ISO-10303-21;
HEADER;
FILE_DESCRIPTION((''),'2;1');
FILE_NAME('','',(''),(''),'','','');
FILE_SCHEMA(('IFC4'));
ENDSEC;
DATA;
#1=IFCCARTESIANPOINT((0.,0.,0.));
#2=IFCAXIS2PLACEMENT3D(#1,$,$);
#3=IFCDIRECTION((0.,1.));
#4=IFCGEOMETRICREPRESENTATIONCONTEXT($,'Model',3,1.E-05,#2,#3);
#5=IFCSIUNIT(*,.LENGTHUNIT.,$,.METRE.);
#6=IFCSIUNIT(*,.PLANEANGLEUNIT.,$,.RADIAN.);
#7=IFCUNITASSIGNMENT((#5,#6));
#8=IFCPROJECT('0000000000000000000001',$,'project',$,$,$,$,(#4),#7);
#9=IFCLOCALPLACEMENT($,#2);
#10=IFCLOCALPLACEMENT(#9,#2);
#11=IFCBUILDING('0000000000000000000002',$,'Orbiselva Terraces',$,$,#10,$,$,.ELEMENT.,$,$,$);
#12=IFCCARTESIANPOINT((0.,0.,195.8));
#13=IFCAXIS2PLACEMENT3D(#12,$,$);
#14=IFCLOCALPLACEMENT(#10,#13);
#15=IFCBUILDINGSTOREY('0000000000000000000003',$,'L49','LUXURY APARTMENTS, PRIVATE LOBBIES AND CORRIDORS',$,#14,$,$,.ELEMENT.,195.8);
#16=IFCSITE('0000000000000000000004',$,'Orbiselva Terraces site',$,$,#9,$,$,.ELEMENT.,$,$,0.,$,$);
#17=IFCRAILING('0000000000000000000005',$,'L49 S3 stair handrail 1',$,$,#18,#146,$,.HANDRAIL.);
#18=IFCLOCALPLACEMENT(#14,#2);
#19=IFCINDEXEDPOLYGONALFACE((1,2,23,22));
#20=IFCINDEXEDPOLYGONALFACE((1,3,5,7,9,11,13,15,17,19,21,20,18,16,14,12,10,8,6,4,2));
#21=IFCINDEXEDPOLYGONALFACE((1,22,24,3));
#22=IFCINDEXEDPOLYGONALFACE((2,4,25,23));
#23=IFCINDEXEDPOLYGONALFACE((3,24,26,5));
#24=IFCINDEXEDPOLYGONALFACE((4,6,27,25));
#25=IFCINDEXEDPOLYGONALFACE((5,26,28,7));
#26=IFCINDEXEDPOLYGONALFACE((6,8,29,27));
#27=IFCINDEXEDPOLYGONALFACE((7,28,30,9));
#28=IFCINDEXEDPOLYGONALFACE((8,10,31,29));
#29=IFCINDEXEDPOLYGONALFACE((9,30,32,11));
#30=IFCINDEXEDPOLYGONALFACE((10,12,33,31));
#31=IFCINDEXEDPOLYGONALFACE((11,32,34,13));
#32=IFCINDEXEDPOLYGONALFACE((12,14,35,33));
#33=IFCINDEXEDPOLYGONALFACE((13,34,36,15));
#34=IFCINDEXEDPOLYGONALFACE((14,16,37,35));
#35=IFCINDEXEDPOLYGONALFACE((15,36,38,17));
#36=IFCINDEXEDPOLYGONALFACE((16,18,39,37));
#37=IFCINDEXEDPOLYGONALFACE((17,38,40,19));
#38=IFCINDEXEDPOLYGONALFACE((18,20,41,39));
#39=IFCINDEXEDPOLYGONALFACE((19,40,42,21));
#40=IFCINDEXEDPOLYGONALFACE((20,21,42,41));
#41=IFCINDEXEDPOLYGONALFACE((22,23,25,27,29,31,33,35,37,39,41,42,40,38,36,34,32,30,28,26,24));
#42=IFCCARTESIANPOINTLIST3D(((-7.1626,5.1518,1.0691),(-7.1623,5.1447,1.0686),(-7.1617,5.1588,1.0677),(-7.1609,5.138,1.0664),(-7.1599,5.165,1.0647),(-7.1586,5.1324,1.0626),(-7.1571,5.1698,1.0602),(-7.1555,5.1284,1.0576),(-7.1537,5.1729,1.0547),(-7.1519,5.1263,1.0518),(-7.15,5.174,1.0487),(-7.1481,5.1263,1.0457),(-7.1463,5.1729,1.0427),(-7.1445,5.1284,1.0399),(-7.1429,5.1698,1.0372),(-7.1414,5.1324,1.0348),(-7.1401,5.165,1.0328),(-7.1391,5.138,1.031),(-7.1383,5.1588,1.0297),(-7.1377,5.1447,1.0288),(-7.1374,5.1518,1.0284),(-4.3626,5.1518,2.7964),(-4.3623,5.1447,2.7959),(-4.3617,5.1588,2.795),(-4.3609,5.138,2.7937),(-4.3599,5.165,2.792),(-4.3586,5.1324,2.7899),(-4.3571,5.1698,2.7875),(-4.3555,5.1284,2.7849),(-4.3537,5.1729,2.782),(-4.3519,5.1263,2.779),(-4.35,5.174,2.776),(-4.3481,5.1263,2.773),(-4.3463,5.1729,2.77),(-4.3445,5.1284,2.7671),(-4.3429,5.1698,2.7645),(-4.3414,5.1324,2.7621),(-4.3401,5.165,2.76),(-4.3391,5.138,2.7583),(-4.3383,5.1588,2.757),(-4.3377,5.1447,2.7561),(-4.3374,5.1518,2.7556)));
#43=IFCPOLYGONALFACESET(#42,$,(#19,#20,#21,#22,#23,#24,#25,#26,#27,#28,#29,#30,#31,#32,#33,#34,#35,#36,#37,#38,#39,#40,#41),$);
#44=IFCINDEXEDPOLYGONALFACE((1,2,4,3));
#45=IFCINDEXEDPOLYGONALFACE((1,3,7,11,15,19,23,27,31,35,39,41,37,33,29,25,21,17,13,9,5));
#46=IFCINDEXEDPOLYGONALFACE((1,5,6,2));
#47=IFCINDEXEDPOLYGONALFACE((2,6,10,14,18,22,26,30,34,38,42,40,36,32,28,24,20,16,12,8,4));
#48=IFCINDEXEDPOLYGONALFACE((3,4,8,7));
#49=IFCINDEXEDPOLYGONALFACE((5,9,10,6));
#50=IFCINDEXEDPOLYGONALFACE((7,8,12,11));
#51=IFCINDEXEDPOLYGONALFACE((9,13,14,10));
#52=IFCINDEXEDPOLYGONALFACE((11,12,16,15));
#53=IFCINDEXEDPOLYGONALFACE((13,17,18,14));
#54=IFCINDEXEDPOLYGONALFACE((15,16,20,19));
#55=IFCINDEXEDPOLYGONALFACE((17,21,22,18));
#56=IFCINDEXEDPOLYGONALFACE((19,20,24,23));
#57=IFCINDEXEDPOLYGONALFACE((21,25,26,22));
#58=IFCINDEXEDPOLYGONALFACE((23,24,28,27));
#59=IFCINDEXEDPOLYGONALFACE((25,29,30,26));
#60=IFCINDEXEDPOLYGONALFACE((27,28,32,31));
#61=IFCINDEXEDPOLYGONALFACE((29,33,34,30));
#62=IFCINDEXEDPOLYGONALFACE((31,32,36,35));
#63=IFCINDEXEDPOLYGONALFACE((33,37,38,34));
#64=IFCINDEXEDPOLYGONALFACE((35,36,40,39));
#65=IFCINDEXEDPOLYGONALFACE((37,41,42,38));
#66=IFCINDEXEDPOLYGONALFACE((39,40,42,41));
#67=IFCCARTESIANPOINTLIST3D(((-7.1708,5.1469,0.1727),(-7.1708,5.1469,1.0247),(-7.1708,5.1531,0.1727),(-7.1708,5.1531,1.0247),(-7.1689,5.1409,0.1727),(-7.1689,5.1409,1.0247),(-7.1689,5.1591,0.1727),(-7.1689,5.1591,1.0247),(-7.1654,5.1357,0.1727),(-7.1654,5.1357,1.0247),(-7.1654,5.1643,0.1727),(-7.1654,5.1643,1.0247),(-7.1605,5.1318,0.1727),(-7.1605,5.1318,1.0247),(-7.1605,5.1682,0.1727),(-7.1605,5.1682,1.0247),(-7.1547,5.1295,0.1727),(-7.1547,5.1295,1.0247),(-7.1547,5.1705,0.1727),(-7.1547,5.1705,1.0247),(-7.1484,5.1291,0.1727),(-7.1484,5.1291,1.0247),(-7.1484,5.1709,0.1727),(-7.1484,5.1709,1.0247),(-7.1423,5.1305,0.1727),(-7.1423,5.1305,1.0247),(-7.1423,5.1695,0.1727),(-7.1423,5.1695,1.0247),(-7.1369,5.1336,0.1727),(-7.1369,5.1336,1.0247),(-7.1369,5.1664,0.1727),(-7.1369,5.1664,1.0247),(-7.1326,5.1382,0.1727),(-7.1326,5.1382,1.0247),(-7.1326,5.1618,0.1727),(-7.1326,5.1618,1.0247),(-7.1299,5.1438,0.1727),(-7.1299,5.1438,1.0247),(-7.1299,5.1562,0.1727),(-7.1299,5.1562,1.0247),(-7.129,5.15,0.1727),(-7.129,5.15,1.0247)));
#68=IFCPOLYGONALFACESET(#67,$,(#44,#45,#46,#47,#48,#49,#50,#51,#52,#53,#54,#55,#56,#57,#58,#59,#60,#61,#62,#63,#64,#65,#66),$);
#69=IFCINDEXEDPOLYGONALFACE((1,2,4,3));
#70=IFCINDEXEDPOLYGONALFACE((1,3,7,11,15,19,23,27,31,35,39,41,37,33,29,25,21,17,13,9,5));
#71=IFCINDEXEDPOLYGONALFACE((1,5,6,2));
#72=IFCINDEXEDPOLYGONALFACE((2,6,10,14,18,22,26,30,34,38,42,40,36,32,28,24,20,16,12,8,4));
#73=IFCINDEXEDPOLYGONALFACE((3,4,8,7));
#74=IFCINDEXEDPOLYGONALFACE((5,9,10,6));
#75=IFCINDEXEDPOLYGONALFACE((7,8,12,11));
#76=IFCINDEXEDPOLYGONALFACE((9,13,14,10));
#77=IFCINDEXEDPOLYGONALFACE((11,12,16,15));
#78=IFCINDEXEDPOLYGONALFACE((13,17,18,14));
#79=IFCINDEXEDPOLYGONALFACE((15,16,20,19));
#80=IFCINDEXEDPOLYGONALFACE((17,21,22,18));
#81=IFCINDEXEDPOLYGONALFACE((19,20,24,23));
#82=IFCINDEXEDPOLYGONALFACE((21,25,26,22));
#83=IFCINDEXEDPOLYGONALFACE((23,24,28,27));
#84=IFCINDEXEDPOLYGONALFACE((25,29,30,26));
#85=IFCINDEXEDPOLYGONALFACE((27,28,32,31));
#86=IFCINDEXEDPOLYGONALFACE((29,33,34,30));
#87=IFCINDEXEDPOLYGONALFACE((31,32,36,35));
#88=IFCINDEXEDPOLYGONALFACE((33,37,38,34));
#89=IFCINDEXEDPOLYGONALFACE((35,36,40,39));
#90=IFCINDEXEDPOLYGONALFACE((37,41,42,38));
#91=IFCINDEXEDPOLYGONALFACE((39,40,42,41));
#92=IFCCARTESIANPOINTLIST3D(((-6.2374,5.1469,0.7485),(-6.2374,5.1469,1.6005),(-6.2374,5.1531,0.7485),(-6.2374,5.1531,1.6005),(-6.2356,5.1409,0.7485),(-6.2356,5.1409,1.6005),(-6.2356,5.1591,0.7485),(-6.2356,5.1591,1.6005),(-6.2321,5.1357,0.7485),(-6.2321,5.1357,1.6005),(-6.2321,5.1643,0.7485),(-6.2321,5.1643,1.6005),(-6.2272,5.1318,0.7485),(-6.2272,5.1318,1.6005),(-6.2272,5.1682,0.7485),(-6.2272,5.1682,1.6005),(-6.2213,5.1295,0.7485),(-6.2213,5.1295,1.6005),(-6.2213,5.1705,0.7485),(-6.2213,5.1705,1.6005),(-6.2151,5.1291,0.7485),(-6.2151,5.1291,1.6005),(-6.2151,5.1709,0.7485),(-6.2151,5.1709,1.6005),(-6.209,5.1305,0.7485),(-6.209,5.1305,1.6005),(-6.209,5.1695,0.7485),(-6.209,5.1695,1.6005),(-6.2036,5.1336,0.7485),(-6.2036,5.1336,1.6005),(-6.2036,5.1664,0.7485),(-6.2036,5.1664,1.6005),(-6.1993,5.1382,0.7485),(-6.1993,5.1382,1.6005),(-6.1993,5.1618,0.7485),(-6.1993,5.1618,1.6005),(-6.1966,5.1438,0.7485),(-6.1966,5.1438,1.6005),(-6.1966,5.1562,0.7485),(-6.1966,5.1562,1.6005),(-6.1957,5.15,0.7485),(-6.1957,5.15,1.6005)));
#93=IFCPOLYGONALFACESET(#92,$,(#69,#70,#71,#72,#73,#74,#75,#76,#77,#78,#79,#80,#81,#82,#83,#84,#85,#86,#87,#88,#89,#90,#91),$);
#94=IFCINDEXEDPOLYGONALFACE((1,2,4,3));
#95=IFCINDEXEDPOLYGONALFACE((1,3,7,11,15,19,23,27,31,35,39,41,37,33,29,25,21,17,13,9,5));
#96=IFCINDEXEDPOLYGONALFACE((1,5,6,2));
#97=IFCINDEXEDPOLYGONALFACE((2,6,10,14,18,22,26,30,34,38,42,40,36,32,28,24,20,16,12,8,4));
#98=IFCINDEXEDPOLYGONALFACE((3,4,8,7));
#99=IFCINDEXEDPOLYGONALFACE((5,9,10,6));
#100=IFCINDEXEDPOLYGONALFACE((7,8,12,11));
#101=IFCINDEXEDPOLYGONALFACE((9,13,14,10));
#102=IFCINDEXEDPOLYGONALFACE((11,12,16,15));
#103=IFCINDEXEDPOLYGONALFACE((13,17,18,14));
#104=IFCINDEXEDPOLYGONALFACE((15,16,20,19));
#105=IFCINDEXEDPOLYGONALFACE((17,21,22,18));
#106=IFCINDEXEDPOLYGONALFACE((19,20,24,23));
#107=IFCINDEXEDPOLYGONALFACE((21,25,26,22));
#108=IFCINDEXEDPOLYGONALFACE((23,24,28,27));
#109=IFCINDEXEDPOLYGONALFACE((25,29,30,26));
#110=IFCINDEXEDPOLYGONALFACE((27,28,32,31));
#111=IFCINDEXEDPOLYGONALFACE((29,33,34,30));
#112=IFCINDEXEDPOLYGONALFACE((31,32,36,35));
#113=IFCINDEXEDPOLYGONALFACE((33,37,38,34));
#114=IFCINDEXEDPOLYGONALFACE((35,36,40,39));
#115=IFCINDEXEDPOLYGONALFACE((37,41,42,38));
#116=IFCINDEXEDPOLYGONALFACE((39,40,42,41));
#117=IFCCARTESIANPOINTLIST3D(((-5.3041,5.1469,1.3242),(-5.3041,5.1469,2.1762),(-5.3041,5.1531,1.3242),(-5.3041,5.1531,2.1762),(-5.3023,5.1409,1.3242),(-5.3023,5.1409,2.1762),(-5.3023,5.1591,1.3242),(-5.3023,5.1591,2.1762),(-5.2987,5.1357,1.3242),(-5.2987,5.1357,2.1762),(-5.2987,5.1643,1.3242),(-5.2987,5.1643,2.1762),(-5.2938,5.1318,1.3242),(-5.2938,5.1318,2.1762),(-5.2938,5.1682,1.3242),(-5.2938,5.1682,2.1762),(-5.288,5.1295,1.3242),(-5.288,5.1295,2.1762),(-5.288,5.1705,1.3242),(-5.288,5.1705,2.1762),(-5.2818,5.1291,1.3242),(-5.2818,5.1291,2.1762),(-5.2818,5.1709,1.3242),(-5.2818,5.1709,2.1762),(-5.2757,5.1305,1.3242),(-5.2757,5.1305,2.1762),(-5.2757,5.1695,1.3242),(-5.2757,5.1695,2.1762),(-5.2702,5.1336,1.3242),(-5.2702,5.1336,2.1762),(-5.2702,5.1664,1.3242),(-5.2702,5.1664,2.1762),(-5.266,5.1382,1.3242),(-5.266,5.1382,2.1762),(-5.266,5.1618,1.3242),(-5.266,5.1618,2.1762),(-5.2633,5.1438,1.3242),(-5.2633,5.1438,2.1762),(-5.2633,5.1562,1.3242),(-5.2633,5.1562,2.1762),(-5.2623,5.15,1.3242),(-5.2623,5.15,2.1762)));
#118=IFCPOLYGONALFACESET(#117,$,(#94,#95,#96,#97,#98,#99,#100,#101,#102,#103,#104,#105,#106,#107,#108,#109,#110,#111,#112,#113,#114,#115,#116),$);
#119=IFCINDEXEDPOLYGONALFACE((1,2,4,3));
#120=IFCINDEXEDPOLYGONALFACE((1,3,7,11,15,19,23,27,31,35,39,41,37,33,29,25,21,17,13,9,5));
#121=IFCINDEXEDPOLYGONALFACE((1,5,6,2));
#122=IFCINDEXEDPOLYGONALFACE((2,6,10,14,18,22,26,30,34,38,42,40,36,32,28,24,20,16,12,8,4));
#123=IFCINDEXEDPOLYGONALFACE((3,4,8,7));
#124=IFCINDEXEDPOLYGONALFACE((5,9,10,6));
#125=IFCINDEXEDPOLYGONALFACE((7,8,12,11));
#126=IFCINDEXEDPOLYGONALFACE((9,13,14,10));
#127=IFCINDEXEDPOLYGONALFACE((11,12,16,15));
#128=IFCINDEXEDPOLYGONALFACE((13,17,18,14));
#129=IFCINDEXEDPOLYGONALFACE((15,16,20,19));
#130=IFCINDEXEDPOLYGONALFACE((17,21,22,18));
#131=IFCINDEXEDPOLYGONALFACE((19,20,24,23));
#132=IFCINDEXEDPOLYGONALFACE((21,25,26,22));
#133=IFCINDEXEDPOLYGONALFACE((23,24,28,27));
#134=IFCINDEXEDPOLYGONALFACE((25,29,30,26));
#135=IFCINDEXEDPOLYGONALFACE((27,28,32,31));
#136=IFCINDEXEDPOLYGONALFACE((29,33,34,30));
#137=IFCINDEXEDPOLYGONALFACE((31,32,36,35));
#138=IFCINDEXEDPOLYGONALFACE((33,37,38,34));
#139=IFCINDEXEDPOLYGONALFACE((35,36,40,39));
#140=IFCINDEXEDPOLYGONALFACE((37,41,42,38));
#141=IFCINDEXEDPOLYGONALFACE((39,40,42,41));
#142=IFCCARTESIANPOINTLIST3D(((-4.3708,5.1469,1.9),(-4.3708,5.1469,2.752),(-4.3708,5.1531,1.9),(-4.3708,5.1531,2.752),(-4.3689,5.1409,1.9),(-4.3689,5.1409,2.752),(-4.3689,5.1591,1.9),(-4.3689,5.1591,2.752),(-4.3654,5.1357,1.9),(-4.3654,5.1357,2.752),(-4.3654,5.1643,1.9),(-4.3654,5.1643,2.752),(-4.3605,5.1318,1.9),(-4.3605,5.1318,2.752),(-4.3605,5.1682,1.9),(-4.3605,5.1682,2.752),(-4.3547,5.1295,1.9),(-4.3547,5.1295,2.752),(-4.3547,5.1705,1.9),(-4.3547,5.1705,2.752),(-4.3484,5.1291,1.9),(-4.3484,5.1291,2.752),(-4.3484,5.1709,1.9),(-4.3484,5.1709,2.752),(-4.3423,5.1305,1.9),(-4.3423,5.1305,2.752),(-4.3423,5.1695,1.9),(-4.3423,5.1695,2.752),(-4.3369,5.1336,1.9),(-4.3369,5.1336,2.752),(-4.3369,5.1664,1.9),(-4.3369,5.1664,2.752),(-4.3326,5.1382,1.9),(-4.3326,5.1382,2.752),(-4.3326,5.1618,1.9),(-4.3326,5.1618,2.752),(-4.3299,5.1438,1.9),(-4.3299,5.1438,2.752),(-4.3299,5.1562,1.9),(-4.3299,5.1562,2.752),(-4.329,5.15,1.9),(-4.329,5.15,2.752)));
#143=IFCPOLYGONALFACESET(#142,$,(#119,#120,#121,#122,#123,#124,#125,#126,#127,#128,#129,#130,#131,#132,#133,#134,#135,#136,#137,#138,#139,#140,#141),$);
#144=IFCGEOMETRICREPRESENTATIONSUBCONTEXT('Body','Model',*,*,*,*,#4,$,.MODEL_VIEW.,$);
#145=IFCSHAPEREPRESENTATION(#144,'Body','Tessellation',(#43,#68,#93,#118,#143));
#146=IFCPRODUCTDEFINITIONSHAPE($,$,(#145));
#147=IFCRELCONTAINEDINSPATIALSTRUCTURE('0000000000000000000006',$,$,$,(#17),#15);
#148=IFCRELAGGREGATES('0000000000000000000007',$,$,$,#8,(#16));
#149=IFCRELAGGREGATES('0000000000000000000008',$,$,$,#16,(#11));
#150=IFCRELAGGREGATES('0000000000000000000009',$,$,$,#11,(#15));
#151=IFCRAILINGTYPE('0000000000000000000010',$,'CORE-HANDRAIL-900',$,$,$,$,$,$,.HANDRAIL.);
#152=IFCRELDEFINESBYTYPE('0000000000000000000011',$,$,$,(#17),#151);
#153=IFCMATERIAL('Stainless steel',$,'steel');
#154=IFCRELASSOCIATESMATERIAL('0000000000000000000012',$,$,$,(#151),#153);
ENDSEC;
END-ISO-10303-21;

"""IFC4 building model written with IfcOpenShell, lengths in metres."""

from ifc_helpers import new_model, si_unit, direction, frame, origin, origin_2d, place, context, subcontext, project, spatial, circle, extrude, material, type_object, element, save


model = new_model("IFC4")

# Units and contexts
model_context = context("Model", 3, precision=1e-05, world=origin(), true_north=direction((0.0, 1.0)))
body_context = subcontext(model_context, "Body", "Model", "MODEL_VIEW")
ifc_project = project(units=[si_unit("LENGTHUNIT", "METRE"), si_unit("PLANEANGLEUNIT", "RADIAN")], contexts=[model_context])

# Site, building, storey
site_placement = place(None, origin())
site = spatial("IfcSite", under=ifc_project, at=site_placement, Name="Orbiselva Terraces site", CompositionType="ELEMENT", RefElevation=0.0)
building_placement = place(site_placement, origin())
building = spatial("IfcBuilding", under=site, at=building_placement, Name="Orbiselva Terraces", CompositionType="ELEMENT")
storey_placement = place(building_placement, frame((0.0, 0.0, 195.8)))
storey = spatial("IfcBuildingStorey", under=building, at=storey_placement, Name="L49", Description="LUXURY APARTMENTS, PRIVATE LOBBIES AND CORRIDORS", CompositionType="ELEMENT", Elevation=195.8)

# Railing
ifc_material_1 = material(Name="Stainless steel", Category="steel")
railing_type_1 = type_object("IfcRailingType", Name="CORE-HANDRAIL-900", PredefinedType="HANDRAIL", material=ifc_material_1)
railing_1_placement = place(storey_placement, frame((-7.15, 5.15, 0.1727)))
element("IfcRailing", 1, at=railing_1_placement, inside=storey, type_object=railing_type_1, Name="L49 S3 stair handrail 1", PredefinedType="HANDRAIL", context=body_context, shape_type="SweptSolid", body=[
    extrude(circle(Radius=0.024, at=origin_2d()), frame((0.0, 0.0, 0.876), z_axis=(0.851089, 0.0, 0.525022), x_axis=(0.0, 1.0, 0.0)), (0.0, 0.0, 1.0), 3.2899),
    extrude(circle(Radius=0.021, at=origin_2d()), origin(), (0.0, 0.0, 1.0), 0.852),
    extrude(circle(Radius=0.021, at=origin_2d()), frame((0.9333, 0.0, 0.5758)), (0.0, 0.0, 1.0), 0.852),
    extrude(circle(Radius=0.021, at=origin_2d()), frame((1.8667, 0.0, 1.1515)), (0.0, 0.0, 1.0), 0.852),
    extrude(circle(Radius=0.021, at=origin_2d()), frame((2.8, 0.0, 1.7273)), (0.0, 0.0, 1.0), 0.852),
])

save(model, "model.ifc")
